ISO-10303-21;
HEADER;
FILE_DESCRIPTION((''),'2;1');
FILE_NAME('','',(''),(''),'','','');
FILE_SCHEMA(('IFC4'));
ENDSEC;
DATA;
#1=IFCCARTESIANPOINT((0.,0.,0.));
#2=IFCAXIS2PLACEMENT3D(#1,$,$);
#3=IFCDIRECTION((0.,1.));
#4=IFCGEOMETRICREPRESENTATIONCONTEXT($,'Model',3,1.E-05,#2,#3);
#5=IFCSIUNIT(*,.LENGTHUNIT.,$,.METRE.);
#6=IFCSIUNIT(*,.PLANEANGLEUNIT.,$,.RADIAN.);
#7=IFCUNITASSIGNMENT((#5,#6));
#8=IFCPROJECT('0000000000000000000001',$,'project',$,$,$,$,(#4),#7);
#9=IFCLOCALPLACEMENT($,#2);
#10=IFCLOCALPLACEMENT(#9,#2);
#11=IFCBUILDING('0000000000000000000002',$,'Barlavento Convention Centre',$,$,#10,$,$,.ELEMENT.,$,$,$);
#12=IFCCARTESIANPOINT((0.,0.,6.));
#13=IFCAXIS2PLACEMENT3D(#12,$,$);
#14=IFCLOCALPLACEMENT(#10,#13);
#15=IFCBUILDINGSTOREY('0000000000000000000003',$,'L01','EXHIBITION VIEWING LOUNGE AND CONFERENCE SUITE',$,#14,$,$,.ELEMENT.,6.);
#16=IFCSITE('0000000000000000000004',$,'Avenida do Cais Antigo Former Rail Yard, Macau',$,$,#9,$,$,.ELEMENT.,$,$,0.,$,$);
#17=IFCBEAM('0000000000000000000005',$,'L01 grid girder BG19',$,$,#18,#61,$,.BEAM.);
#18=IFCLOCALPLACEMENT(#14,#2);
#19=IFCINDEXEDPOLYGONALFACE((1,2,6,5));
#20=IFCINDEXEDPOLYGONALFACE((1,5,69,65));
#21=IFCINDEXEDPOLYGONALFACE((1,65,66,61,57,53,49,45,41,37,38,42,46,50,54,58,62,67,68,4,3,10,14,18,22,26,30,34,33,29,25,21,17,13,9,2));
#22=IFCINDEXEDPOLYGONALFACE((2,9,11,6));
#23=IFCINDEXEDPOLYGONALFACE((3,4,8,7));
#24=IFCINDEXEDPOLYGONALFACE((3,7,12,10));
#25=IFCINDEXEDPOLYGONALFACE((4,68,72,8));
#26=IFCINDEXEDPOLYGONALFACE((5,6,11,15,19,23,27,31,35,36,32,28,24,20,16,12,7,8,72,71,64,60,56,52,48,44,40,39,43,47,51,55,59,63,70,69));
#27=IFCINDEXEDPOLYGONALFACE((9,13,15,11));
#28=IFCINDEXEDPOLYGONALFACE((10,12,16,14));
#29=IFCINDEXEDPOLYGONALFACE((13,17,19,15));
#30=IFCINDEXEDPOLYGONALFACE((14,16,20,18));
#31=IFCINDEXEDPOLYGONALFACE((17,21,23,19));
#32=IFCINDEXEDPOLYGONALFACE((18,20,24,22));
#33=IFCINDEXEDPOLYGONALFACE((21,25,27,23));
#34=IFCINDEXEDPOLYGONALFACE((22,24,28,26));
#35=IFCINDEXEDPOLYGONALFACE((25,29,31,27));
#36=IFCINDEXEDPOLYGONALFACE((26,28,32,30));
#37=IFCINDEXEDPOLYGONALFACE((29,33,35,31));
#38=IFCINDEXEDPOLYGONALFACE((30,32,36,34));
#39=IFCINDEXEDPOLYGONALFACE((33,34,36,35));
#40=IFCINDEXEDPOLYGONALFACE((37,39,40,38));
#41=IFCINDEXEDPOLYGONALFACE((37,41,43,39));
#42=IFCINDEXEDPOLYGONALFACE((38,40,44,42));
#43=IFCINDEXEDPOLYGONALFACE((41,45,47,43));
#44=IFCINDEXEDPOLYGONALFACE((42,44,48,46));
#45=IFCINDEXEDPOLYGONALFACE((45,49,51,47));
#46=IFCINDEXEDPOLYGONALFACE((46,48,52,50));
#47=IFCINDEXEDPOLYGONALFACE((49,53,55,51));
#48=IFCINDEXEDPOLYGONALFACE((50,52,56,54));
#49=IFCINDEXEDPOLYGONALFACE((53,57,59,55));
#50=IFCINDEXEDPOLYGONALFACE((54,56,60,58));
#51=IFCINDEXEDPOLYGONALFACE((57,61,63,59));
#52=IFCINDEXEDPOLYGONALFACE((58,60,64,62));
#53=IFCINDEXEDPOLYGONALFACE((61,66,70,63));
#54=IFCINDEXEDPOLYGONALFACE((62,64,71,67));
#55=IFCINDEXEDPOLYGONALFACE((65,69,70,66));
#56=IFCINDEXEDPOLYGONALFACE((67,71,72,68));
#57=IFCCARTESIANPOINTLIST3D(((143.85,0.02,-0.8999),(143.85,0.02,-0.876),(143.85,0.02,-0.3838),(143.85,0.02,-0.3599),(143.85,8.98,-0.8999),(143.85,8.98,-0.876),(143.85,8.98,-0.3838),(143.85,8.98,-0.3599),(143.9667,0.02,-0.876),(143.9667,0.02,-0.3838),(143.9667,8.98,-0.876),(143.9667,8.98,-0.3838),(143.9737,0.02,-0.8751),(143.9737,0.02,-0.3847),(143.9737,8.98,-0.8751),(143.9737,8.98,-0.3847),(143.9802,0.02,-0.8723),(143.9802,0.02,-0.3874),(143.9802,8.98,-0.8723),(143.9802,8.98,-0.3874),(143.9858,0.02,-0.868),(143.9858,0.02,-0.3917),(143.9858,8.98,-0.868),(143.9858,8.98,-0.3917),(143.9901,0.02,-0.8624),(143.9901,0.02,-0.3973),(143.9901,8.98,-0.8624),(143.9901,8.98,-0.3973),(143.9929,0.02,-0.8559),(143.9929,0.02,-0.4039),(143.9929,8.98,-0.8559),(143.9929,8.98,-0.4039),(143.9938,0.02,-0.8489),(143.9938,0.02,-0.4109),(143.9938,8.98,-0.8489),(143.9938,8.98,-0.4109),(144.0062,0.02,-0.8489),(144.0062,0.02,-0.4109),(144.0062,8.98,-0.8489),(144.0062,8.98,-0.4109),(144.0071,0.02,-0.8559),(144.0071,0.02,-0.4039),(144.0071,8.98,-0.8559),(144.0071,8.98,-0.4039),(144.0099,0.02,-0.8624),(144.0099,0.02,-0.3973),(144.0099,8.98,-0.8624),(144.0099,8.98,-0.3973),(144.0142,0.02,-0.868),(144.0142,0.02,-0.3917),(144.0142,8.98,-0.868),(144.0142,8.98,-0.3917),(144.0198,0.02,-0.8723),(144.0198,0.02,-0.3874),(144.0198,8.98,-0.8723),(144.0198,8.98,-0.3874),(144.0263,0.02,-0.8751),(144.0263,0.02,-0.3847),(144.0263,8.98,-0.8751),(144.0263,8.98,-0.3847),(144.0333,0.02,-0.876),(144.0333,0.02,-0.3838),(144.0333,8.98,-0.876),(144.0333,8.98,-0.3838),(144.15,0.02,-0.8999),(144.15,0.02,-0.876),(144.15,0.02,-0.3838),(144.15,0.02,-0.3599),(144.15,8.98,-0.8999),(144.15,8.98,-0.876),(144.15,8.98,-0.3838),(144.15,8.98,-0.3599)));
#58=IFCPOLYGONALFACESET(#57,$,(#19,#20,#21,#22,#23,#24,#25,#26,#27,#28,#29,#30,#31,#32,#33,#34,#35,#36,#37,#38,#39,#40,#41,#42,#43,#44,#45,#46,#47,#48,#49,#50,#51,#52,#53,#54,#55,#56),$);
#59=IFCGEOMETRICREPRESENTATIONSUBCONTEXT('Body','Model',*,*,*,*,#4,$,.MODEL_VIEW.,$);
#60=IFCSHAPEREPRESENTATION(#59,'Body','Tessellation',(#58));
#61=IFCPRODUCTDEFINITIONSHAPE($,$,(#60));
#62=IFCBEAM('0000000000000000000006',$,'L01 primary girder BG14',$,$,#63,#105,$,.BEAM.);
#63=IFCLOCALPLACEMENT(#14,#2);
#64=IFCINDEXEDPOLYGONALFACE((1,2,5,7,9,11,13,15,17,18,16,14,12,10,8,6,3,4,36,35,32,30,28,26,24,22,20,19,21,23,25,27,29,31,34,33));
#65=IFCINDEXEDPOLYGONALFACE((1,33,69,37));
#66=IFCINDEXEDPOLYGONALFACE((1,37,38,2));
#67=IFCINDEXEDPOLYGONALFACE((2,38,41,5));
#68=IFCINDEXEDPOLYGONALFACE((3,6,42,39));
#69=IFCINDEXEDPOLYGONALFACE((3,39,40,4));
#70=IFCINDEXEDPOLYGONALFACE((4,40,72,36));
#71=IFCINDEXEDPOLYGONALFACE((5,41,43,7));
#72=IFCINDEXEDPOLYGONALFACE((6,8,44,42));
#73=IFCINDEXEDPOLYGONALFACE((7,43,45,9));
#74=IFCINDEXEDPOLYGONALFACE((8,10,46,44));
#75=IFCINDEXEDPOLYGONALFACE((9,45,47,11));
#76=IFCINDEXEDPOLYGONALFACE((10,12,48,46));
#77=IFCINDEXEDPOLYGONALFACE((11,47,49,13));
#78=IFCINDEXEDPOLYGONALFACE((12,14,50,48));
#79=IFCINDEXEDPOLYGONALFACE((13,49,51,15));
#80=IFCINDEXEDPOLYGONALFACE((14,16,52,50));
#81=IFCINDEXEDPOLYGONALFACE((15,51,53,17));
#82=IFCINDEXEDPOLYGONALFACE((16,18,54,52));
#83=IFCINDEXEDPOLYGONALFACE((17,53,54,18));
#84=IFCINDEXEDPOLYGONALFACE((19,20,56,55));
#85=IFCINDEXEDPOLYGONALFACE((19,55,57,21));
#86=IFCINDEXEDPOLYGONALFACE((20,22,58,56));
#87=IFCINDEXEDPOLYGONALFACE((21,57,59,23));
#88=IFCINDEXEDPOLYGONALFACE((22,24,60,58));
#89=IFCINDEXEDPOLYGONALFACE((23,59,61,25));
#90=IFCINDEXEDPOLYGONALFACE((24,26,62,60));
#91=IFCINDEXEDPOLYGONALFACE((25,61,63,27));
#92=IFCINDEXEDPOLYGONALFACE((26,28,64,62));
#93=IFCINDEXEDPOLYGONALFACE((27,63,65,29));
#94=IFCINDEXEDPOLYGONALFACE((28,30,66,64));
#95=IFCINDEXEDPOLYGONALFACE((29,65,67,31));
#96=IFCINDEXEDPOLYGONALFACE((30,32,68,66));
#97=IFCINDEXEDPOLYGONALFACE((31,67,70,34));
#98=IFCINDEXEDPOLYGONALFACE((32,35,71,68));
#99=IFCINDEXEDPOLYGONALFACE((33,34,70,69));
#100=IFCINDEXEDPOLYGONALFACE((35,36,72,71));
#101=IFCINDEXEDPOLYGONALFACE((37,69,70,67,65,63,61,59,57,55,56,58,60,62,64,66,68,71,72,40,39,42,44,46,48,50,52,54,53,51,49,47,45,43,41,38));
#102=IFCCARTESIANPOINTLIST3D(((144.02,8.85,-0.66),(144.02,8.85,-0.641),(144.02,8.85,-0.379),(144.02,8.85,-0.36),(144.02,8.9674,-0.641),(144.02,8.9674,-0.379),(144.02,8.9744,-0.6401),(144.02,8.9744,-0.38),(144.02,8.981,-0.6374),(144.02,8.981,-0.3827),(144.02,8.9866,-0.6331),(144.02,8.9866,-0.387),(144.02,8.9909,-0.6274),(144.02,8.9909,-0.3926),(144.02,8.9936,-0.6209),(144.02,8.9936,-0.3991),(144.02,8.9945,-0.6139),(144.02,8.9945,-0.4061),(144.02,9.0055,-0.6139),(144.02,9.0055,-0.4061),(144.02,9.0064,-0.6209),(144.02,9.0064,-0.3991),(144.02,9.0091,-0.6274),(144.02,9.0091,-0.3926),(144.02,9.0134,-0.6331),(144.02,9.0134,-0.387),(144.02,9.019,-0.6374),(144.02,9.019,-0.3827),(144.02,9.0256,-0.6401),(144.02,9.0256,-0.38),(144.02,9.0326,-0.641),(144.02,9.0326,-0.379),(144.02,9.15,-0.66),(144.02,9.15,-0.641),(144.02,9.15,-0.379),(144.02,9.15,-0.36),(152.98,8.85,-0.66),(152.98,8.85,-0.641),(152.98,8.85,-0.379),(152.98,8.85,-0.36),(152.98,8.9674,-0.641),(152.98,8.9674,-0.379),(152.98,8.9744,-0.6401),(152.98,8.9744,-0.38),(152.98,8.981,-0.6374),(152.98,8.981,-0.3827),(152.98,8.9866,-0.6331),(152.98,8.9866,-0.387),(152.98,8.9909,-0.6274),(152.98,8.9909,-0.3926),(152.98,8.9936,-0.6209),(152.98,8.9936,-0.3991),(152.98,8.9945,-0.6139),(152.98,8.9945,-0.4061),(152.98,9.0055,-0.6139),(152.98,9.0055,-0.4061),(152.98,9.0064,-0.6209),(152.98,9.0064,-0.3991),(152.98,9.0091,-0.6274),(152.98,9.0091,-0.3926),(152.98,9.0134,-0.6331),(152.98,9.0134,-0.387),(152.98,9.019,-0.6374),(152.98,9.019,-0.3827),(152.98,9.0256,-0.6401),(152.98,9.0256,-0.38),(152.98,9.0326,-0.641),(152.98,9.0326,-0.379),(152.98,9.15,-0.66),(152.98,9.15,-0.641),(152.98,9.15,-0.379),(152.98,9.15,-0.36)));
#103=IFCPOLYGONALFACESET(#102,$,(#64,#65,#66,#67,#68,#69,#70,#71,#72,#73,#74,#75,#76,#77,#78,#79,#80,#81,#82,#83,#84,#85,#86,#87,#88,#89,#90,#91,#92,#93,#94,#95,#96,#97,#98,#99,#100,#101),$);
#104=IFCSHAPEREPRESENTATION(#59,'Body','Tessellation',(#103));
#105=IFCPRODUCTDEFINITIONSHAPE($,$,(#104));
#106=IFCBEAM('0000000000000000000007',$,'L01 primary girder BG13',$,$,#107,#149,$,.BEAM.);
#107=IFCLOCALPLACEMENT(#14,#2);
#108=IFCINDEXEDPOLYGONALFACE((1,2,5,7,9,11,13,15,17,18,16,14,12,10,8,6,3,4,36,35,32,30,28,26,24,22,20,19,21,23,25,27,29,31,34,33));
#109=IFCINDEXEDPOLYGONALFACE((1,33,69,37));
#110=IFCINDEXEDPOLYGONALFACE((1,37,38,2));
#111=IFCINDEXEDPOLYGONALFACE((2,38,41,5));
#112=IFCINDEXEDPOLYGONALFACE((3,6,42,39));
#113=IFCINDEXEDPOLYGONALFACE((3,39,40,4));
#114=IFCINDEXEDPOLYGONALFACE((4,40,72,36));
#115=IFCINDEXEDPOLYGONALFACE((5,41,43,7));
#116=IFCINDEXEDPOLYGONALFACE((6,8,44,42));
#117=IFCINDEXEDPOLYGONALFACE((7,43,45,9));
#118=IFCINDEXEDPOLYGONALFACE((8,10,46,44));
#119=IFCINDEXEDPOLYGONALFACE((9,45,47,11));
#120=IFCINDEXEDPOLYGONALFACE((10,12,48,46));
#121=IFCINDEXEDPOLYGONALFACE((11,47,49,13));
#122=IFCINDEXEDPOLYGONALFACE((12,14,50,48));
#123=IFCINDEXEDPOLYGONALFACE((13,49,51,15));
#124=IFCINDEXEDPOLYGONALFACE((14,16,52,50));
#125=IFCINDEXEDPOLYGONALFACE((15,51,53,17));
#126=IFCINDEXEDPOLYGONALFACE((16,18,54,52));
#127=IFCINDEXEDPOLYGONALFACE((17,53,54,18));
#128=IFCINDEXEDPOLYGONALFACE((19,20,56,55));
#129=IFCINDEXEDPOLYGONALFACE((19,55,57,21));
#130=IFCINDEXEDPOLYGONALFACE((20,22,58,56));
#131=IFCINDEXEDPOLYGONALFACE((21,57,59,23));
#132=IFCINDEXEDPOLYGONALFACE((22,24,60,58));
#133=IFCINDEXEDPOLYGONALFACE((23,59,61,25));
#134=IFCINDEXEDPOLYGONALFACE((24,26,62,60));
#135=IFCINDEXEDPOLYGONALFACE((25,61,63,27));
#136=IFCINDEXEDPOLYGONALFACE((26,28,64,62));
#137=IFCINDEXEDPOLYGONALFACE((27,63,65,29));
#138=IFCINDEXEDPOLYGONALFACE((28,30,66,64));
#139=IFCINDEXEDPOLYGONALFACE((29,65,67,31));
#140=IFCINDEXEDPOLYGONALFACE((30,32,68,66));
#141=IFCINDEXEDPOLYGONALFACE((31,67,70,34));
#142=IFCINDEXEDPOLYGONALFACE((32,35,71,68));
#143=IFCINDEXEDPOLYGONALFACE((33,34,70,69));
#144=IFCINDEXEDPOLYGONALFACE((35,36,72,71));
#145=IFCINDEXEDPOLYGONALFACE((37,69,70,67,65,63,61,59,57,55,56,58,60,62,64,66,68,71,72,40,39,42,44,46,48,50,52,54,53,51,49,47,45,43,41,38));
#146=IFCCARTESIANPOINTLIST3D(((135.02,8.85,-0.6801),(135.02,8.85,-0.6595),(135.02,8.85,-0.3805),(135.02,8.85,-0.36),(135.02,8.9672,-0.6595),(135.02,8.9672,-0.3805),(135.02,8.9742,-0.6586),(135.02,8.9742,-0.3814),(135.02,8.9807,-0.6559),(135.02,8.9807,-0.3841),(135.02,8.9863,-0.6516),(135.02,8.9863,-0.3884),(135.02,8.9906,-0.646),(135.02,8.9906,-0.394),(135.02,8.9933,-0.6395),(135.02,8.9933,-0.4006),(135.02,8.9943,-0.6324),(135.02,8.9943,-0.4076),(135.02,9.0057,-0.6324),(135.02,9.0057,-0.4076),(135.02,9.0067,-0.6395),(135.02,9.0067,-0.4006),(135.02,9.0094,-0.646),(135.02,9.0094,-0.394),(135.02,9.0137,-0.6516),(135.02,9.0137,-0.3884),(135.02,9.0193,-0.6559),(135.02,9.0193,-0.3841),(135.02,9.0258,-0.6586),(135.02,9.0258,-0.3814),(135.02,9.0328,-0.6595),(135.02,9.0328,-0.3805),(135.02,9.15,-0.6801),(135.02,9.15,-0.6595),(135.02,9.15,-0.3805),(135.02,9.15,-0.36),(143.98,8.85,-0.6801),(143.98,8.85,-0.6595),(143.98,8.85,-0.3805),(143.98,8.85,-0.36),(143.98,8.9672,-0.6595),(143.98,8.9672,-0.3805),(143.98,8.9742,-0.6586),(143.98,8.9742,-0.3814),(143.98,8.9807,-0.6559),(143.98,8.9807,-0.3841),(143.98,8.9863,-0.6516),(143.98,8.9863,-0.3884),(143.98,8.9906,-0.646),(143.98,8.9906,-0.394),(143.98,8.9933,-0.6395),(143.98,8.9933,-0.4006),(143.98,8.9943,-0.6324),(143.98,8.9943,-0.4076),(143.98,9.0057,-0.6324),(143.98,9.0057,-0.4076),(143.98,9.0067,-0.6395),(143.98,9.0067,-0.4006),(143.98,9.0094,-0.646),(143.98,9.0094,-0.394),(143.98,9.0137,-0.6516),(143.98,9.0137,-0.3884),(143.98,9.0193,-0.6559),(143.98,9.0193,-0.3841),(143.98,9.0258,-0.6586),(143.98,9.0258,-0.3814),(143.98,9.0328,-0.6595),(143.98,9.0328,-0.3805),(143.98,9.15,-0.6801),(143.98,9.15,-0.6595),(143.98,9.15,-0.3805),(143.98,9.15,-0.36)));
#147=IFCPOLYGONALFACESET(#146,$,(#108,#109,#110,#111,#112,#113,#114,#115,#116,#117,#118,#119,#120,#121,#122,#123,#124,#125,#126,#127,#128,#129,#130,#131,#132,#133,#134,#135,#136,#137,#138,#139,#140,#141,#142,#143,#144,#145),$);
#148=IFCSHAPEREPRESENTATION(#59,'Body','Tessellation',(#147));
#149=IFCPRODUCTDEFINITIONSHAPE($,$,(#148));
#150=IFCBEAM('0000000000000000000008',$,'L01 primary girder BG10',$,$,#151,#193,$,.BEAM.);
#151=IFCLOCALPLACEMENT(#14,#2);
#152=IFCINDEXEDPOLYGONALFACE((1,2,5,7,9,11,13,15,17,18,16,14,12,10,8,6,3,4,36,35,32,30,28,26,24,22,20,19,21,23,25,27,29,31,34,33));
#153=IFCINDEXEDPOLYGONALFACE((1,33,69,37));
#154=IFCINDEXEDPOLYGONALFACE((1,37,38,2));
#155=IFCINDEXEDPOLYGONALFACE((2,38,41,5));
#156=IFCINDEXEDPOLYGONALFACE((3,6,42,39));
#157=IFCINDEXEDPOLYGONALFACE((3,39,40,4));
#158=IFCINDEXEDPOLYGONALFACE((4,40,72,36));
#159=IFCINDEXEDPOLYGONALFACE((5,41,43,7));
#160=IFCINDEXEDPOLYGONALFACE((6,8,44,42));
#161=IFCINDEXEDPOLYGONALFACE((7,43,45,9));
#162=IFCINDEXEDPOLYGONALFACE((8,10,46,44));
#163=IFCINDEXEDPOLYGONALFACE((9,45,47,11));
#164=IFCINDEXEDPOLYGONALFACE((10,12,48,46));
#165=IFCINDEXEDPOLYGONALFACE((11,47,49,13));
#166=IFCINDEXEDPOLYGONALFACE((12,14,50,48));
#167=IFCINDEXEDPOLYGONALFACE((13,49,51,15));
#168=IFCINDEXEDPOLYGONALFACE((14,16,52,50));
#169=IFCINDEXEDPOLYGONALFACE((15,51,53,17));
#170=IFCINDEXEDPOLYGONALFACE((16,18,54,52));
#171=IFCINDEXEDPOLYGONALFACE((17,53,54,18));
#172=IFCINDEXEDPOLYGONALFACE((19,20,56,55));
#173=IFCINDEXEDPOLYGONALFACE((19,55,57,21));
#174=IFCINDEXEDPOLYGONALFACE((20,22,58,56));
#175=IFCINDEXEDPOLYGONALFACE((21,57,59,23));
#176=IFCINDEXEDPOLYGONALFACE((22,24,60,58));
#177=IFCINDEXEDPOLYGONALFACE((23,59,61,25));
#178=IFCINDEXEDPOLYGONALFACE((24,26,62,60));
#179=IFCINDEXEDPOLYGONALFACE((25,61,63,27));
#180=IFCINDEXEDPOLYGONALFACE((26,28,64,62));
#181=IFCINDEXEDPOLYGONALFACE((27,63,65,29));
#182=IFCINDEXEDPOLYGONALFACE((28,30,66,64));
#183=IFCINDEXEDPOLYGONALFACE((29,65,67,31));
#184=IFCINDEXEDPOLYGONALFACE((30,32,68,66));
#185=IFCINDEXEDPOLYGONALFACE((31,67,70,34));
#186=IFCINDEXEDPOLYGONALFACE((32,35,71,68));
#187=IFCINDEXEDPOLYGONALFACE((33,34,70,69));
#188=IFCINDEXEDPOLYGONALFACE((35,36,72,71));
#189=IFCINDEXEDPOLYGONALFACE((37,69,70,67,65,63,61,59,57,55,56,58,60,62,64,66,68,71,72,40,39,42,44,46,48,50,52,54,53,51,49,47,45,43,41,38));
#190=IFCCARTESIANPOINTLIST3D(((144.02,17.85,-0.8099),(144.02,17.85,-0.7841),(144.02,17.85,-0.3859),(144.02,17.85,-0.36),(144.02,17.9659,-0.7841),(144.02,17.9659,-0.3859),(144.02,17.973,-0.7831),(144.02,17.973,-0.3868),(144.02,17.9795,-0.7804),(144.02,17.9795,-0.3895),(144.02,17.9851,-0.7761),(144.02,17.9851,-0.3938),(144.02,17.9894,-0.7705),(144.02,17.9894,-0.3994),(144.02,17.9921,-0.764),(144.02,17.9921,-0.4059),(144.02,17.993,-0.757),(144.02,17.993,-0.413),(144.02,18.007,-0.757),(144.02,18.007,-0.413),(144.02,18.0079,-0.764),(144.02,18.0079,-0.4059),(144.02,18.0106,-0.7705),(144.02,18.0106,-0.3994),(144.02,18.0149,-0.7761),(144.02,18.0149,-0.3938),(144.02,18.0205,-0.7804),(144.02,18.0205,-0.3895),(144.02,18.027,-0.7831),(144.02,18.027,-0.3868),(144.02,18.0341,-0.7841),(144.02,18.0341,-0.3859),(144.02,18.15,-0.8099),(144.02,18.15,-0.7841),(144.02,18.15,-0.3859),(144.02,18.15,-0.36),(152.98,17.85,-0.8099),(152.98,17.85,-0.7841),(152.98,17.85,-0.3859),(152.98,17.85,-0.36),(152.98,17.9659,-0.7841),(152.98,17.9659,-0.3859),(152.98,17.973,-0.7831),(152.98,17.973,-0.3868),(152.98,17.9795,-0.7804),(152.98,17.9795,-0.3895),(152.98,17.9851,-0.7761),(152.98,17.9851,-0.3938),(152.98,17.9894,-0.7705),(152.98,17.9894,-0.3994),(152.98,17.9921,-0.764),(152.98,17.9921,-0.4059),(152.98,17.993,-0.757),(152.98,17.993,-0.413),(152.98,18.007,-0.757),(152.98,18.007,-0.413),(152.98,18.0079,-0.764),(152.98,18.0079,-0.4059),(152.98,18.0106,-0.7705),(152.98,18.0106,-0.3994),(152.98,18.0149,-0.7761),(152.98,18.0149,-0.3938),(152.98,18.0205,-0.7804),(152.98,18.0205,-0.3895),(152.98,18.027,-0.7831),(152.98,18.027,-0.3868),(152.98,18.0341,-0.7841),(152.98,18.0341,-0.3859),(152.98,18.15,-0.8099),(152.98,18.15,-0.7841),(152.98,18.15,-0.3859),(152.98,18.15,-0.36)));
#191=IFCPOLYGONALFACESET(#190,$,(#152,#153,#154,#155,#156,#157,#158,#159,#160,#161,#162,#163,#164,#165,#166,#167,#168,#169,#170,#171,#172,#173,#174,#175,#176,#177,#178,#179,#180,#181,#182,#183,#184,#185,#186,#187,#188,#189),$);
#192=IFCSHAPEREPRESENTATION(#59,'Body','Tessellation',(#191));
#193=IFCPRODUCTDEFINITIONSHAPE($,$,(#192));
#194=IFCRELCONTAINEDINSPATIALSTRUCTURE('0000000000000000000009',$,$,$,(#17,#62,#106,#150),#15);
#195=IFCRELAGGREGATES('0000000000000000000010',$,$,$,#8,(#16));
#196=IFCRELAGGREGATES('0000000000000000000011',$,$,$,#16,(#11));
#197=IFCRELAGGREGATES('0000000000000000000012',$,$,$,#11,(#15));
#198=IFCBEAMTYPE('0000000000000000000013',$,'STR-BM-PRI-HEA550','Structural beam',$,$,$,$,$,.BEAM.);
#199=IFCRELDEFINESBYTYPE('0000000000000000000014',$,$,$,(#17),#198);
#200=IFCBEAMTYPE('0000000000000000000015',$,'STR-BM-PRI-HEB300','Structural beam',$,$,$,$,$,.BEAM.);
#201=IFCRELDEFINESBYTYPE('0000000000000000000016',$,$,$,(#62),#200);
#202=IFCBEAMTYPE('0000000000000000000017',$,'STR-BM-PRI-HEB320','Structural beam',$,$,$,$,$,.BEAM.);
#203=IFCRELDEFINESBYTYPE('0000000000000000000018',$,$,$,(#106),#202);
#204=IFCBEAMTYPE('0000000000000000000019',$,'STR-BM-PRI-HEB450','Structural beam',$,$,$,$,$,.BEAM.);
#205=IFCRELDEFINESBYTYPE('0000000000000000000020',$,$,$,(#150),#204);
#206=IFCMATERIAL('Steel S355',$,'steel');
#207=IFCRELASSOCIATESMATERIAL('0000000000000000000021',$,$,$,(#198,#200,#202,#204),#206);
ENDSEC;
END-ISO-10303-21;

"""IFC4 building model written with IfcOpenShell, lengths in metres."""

from ifc_helpers import new_model, si_unit, direction, frame, origin, origin_2d, place, context, subcontext, project, spatial, i_section, extrude, material, material_profile, profile_set, type_object, element, save


model = new_model("IFC4")

# Units and contexts
model_context = context("Model", 3, precision=1e-05, world=origin(), true_north=direction((0.0, 1.0)))
body_context = subcontext(model_context, "Body", "Model", "MODEL_VIEW")
ifc_project = project(units=[si_unit("LENGTHUNIT", "METRE"), si_unit("PLANEANGLEUNIT", "RADIAN")], contexts=[model_context])

# Site, building, storey
site_placement = place(None, origin())
site = spatial("IfcSite", under=ifc_project, at=site_placement, Name="Avenida do Cais Antigo Former Rail Yard, Macau", CompositionType="ELEMENT", RefElevation=0.0)
building_placement = place(site_placement, origin())
building = spatial("IfcBuilding", under=site, at=building_placement, Name="Barlavento Convention Centre", CompositionType="ELEMENT")
storey_placement = place(building_placement, frame((0.0, 0.0, 6.0)))
storey = spatial("IfcBuildingStorey", under=building, at=storey_placement, Name="L01", Description="EXHIBITION VIEWING LOUNGE AND CONFERENCE SUITE", CompositionType="ELEMENT", Elevation=6.0)

# Shared definitions
ifc_material_1 = material(Name="Steel S355", Category="steel")

# Beams
ifc_material_profile_1 = material_profile(ifc_material_1, i_section(OverallWidth=0.3, OverallDepth=0.54, WebThickness=0.0125, FlangeThickness=0.0239, FilletRadius=0.0271, at=origin_2d()), Name="HEA 550")
ifc_profile_set_1 = profile_set([ifc_material_profile_1], Name="Steel S355")
beam_type_1 = type_object("IfcBeamType", Name="STR-BM-PRI-HEA550", Description="Structural beam", PredefinedType="BEAM", material=ifc_profile_set_1)
beam_1_placement = place(storey_placement, frame((144.0, 0.02, -0.6299), z_axis=(0.0, 1.0, 0.0), x_axis=(-1.0, 0.0, 0.0)))
element("IfcBeam", 1, at=beam_1_placement, inside=storey, type_object=beam_type_1, Name="L01 grid girder BG19", PredefinedType="BEAM", context=body_context, shape_type="SweptSolid", body=[
    extrude(i_section(OverallWidth=0.3, OverallDepth=0.54, WebThickness=0.0125, FlangeThickness=0.0239, FilletRadius=0.0271, at=origin_2d()), origin(), (0.0, 0.0, 1.0), 8.96),
])
ifc_material_profile_2 = material_profile(ifc_material_1, i_section(OverallWidth=0.3, OverallDepth=0.3, WebThickness=0.011, FlangeThickness=0.019, FilletRadius=0.0271, at=origin_2d()), Name="HEB 300")
ifc_profile_set_2 = profile_set([ifc_material_profile_2], Name="Steel S355")
beam_type_2 = type_object("IfcBeamType", Name="STR-BM-PRI-HEB300", Description="Structural beam", PredefinedType="BEAM", material=ifc_profile_set_2)
beam_2_placement = place(storey_placement, frame((144.02, 9.0, -0.51), z_axis=(1.0, 0.0, 0.0), x_axis=(0.0, 1.0, 0.0)))
element("IfcBeam", 2, at=beam_2_placement, inside=storey, type_object=beam_type_2, Name="L01 primary girder BG14", PredefinedType="BEAM", context=body_context, shape_type="SweptSolid", body=[
    extrude(i_section(OverallWidth=0.3, OverallDepth=0.3, WebThickness=0.011, FlangeThickness=0.019, FilletRadius=0.0271, at=origin_2d()), origin(), (0.0, 0.0, 1.0), 8.96),
])
ifc_material_profile_3 = material_profile(ifc_material_1, i_section(OverallWidth=0.3, OverallDepth=0.3201, WebThickness=0.0115, FlangeThickness=0.0205, FilletRadius=0.0271, at=origin_2d()), Name="HEB 320")
ifc_profile_set_3 = profile_set([ifc_material_profile_3], Name="Steel S355")
beam_type_3 = type_object("IfcBeamType", Name="STR-BM-PRI-HEB320", Description="Structural beam", PredefinedType="BEAM", material=ifc_profile_set_3)
beam_3_placement = place(storey_placement, frame((135.02, 9.0, -0.52), z_axis=(1.0, 0.0, 0.0), x_axis=(0.0, 1.0, 0.0)))
element("IfcBeam", 3, at=beam_3_placement, inside=storey, type_object=beam_type_3, Name="L01 primary girder BG13", PredefinedType="BEAM", context=body_context, shape_type="SweptSolid", body=[
    extrude(i_section(OverallWidth=0.3, OverallDepth=0.3201, WebThickness=0.0115, FlangeThickness=0.0205, FilletRadius=0.0271, at=origin_2d()), origin(), (0.0, 0.0, 1.0), 8.96),
])
ifc_material_profile_4 = material_profile(ifc_material_1, i_section(OverallWidth=0.3, OverallDepth=0.45, WebThickness=0.0139, FlangeThickness=0.0259, FilletRadius=0.0271, at=origin_2d()), Name="HEB 450")
ifc_profile_set_4 = profile_set([ifc_material_profile_4], Name="Steel S355")
beam_type_4 = type_object("IfcBeamType", Name="STR-BM-PRI-HEB450", Description="Structural beam", PredefinedType="BEAM", material=ifc_profile_set_4)
beam_4_placement = place(storey_placement, frame((144.02, 18.0, -0.585), z_axis=(1.0, 0.0, 0.0), x_axis=(0.0, 1.0, 0.0)))
element("IfcBeam", 4, at=beam_4_placement, inside=storey, type_object=beam_type_4, Name="L01 primary girder BG10", PredefinedType="BEAM", context=body_context, shape_type="SweptSolid", body=[
    extrude(i_section(OverallWidth=0.3, OverallDepth=0.45, WebThickness=0.0139, FlangeThickness=0.0259, FilletRadius=0.0271, at=origin_2d()), origin(), (0.0, 0.0, 1.0), 8.96),
])

save(model, "model.ifc")
